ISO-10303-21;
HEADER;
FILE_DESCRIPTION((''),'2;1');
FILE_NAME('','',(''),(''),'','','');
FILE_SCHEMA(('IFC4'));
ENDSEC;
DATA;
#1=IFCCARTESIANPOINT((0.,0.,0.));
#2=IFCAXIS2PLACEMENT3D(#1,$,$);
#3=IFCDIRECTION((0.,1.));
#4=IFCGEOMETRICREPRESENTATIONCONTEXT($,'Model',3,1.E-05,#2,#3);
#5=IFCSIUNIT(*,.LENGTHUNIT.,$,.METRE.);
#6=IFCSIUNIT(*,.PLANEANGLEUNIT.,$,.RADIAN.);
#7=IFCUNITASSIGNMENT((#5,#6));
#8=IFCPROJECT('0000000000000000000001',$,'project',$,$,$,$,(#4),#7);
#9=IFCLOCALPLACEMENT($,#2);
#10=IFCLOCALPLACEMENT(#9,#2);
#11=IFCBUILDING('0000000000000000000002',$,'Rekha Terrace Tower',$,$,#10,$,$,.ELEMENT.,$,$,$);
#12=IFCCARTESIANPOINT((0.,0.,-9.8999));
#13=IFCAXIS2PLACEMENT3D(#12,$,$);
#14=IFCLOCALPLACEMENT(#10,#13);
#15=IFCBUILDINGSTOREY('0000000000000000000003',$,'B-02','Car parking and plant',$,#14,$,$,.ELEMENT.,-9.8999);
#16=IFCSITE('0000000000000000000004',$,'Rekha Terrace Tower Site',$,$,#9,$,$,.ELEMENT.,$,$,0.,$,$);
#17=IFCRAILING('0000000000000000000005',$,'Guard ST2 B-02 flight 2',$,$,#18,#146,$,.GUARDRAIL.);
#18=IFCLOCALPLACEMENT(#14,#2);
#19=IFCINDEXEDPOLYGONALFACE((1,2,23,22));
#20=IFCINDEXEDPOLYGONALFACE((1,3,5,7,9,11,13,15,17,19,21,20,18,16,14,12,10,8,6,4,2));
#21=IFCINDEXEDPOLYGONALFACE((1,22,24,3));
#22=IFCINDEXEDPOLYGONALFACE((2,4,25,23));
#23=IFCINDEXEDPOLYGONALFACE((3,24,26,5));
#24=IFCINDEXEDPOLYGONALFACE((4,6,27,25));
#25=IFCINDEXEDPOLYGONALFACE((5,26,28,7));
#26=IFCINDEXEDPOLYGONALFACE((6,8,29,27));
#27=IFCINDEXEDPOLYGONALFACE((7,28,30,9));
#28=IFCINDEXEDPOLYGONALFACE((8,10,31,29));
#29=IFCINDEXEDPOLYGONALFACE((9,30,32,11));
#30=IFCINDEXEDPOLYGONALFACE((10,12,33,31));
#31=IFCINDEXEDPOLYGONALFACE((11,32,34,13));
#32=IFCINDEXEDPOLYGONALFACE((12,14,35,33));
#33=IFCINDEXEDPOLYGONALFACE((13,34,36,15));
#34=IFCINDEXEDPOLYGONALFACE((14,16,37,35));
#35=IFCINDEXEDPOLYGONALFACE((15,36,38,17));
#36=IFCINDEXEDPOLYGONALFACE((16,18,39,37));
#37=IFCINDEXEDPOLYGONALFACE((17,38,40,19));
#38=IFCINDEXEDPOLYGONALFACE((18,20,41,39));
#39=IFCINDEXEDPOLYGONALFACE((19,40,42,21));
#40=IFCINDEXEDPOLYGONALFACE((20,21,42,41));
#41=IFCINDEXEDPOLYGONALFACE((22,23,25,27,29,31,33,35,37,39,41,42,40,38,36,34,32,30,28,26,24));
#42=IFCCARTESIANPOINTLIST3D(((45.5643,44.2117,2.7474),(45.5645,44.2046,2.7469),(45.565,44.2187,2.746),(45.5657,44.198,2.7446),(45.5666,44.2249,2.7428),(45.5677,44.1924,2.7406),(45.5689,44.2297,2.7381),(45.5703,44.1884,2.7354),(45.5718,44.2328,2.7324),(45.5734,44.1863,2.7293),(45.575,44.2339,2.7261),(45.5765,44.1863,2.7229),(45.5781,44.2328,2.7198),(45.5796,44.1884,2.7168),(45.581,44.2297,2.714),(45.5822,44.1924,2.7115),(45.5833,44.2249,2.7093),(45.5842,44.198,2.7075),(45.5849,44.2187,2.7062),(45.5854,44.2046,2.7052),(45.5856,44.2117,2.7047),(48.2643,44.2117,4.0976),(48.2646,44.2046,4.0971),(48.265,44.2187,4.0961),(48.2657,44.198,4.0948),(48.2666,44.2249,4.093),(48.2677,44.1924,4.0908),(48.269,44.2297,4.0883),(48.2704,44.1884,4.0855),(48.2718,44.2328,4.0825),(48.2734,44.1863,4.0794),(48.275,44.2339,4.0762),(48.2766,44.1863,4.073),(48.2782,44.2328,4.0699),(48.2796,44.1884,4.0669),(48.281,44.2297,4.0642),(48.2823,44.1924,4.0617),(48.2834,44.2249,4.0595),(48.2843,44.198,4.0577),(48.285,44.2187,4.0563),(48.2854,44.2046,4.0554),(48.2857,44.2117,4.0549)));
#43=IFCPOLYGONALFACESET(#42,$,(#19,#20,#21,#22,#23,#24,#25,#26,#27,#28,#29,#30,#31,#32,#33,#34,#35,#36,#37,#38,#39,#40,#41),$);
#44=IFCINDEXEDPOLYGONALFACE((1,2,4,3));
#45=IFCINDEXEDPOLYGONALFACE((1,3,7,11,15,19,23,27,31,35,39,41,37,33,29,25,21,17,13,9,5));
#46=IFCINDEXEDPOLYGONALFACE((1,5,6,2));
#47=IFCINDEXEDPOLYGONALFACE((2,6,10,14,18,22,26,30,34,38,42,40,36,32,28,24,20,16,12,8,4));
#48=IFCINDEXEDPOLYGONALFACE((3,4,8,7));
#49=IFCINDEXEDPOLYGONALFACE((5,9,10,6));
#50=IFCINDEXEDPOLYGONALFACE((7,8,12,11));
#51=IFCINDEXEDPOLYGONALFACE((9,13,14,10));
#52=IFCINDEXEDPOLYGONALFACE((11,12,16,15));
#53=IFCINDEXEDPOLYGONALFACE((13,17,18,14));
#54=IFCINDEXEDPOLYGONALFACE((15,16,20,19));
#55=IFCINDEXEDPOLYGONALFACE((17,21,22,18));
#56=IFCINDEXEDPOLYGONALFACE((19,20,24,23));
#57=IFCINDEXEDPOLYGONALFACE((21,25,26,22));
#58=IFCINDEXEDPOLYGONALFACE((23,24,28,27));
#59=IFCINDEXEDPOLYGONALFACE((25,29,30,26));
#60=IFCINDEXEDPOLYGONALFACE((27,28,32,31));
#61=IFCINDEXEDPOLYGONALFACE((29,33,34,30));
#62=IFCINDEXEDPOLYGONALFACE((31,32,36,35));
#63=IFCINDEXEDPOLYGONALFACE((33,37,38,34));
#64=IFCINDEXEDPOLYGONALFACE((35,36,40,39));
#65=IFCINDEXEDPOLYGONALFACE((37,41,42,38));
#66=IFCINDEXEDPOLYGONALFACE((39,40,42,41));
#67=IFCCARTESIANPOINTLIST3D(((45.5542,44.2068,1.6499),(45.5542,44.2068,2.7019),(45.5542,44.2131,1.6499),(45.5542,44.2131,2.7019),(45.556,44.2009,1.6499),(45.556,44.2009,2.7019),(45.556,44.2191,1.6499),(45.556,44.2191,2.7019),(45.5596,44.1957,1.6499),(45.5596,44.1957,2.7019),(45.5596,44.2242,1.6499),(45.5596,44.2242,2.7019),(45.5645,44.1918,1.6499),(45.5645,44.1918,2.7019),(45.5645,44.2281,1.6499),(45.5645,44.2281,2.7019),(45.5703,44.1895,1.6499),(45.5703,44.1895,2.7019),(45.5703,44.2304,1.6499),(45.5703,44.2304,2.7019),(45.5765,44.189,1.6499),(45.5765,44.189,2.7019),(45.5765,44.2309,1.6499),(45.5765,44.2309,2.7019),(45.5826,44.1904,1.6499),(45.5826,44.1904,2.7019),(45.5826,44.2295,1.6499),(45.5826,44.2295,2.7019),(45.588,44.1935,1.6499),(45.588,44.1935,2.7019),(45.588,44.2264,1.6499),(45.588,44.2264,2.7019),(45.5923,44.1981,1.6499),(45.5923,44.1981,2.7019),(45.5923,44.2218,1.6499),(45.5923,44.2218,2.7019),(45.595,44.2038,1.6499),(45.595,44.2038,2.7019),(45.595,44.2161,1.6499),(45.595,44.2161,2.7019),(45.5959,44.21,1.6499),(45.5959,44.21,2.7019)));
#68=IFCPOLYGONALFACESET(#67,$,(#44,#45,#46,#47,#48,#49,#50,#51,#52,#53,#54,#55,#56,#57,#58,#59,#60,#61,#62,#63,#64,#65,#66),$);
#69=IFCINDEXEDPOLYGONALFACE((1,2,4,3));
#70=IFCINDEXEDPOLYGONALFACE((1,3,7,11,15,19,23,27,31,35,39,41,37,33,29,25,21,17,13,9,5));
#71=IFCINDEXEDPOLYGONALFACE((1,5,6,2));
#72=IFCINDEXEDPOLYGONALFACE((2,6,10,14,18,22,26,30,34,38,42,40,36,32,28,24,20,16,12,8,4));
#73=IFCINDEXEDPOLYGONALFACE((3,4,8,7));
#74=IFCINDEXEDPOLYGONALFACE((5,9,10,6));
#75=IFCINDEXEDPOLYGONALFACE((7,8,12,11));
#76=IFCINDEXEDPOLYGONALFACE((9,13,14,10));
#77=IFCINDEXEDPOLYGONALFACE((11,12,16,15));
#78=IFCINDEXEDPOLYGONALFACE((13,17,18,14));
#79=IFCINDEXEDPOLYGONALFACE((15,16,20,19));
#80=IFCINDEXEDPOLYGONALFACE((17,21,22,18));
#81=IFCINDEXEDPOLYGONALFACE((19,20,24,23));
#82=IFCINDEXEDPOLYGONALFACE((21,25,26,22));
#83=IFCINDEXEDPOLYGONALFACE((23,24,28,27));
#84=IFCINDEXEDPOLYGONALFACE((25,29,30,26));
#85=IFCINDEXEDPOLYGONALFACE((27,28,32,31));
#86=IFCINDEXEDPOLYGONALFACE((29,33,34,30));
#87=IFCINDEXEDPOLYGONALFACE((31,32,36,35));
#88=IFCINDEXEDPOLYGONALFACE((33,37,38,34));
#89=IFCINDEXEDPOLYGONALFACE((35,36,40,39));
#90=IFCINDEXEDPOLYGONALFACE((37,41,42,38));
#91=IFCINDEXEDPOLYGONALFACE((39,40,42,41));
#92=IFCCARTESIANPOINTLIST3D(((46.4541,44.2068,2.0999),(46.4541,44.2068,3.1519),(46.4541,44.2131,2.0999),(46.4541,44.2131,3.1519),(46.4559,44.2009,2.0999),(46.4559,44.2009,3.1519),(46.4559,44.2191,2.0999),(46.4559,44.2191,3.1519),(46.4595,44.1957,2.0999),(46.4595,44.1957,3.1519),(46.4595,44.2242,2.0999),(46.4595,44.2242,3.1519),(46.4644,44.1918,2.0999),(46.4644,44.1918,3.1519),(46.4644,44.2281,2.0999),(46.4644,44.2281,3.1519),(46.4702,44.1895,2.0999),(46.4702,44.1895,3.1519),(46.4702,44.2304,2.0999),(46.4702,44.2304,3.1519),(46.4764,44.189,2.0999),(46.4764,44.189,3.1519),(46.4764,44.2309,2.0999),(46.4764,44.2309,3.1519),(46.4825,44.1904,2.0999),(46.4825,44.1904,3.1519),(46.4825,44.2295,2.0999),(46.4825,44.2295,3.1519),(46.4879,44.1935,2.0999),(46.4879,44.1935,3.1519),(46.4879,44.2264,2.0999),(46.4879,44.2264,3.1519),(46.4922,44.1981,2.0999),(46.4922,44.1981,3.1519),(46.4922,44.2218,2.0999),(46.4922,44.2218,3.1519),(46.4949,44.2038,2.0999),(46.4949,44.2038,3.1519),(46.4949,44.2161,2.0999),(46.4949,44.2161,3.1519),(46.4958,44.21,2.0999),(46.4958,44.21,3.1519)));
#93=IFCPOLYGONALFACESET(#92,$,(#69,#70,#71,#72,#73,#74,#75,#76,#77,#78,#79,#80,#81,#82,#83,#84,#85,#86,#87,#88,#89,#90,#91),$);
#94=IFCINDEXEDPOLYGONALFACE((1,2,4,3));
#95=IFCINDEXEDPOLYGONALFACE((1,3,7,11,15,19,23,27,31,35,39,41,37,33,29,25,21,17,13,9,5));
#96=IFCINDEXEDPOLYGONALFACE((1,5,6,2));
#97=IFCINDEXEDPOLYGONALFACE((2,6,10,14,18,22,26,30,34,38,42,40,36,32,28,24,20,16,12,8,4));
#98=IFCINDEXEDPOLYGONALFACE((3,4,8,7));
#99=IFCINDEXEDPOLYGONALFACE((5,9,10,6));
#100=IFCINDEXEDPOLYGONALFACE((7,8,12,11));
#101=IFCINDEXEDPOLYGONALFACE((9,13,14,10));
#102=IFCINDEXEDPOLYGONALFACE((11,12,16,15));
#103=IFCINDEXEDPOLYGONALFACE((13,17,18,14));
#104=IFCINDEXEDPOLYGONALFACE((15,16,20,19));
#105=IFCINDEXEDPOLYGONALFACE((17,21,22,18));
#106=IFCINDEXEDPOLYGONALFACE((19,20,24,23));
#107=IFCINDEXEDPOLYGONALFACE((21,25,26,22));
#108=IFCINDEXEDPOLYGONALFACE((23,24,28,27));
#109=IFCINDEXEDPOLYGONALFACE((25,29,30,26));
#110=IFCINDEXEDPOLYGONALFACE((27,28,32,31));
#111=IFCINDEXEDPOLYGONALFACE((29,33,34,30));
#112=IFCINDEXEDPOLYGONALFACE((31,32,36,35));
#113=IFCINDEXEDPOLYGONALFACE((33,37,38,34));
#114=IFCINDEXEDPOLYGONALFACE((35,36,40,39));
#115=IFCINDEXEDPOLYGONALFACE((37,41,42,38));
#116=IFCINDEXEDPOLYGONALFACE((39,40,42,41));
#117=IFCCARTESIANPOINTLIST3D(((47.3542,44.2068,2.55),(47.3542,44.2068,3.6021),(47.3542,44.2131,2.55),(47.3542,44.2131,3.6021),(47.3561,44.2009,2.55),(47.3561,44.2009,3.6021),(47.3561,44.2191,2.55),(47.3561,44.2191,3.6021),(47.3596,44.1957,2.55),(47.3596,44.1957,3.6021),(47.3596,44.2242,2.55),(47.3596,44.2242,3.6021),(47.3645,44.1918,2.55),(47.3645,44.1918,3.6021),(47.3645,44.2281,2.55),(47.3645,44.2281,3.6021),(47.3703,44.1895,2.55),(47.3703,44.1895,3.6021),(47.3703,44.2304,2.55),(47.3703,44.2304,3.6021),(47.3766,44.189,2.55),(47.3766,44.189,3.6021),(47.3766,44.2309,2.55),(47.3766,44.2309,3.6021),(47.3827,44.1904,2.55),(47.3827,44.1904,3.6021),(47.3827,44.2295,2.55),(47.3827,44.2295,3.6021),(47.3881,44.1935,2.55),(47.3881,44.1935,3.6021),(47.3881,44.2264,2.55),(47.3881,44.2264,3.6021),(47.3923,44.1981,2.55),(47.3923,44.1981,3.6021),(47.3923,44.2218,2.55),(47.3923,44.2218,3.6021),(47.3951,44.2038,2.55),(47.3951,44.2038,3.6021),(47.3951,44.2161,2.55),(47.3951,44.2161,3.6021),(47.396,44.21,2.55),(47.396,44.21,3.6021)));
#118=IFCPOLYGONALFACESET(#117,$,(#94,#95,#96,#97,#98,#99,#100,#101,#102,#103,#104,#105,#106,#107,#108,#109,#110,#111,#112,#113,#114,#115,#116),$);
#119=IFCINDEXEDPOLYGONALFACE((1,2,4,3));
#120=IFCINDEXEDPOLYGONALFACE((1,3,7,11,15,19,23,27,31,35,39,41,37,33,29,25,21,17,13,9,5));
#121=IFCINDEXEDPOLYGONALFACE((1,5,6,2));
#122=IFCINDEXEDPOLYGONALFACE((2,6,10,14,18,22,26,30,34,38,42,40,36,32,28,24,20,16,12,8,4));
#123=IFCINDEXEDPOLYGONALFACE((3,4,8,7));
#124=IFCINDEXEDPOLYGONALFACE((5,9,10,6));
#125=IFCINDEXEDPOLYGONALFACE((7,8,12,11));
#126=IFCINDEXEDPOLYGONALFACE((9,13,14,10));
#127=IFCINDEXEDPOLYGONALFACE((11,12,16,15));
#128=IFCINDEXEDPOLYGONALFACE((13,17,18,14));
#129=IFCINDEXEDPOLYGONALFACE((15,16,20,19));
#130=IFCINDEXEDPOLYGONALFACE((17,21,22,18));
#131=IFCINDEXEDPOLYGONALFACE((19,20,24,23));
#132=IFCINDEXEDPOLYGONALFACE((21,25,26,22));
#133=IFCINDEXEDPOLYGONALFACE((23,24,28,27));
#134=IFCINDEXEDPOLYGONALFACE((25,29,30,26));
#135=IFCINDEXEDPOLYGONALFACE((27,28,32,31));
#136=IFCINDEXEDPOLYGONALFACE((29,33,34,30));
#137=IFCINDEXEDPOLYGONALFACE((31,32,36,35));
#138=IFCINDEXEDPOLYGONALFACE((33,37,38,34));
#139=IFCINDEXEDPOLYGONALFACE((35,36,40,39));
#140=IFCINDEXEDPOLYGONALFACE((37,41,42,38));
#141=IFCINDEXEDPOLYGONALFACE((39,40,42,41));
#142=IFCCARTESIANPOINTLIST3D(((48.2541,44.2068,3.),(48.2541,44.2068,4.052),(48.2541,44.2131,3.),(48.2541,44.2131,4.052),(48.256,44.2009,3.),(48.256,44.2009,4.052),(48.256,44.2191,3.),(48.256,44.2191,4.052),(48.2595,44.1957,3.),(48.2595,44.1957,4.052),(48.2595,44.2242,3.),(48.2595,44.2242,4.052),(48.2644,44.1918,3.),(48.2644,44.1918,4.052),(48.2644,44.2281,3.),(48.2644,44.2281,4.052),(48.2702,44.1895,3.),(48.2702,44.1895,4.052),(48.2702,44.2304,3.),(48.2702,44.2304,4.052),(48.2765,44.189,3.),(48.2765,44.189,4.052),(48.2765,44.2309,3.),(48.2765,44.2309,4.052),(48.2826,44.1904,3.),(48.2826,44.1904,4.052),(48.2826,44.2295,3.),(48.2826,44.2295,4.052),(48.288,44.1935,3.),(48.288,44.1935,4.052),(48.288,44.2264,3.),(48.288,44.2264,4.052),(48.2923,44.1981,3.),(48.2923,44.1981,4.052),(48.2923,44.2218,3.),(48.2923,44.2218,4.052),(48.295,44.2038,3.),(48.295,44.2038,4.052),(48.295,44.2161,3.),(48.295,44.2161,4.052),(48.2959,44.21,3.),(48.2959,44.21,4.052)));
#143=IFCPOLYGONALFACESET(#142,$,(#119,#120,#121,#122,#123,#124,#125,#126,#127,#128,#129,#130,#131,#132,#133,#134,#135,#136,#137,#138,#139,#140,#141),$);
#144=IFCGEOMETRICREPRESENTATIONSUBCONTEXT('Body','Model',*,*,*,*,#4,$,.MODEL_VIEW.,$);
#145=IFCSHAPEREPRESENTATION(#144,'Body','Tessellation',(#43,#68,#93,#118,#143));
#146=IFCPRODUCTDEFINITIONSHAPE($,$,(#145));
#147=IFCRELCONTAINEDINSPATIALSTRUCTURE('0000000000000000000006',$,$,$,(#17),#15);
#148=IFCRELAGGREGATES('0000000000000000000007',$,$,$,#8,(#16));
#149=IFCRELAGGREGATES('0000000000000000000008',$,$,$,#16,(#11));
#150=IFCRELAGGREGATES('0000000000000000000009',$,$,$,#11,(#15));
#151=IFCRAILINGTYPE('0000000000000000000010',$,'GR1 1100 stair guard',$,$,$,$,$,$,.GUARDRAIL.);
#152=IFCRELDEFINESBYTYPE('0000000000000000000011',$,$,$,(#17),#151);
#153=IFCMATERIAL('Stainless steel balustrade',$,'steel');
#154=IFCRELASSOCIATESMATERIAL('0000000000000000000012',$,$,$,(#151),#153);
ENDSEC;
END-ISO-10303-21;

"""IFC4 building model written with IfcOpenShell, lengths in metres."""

from ifc_helpers import new_model, si_unit, direction, frame, origin, origin_2d, place, context, subcontext, project, spatial, circle, extrude, material, type_object, element, save


model = new_model("IFC4")

# Units and contexts
model_context = context("Model", 3, precision=1e-05, world=origin(), true_north=direction((0.0, 1.0)))
body_context = subcontext(model_context, "Body", "Model", "MODEL_VIEW")
ifc_project = project(units=[si_unit("LENGTHUNIT", "METRE"), si_unit("PLANEANGLEUNIT", "RADIAN")], contexts=[model_context])

# Site, building, storey
site_placement = place(None, origin())
site = spatial("IfcSite", under=ifc_project, at=site_placement, Name="Rekha Terrace Tower Site", CompositionType="ELEMENT", RefElevation=0.0)
building_placement = place(site_placement, origin())
building = spatial("IfcBuilding", under=site, at=building_placement, Name="Rekha Terrace Tower", CompositionType="ELEMENT")
storey_placement = place(building_placement, frame((0.0, 0.0, -9.8999)))
storey = spatial("IfcBuildingStorey", under=building, at=storey_placement, Name="B-02", Description="Car parking and plant", CompositionType="ELEMENT", Elevation=-9.8999)

# Railing
ifc_material_1 = material(Name="Stainless steel balustrade", Category="steel")
railing_type_1 = type_object("IfcRailingType", Name="GR1 1100 stair guard", PredefinedType="GUARDRAIL", material=ifc_material_1)
railing_1_placement = place(storey_placement, frame((45.575, 44.21, 1.6499)))
element("IfcRailing", 1, at=railing_1_placement, inside=storey, type_object=railing_type_1, Name="Guard ST2 B-02 flight 2", PredefinedType="GUARDRAIL", context=body_context, shape_type="SweptSolid", body=[
    extrude(circle(Radius=0.0239, at=origin_2d()), frame((0.0, 0.0, 1.0762), z_axis=(0.894411, 0.0, 0.447246), x_axis=(0.0, 1.0, 0.0)), (0.0, 0.0, 1.0), 3.0188),
    extrude(circle(Radius=0.021, at=origin_2d()), origin(), (0.0, 0.0, 1.0), 1.052),
    extrude(circle(Radius=0.021, at=origin_2d()), frame((0.8999, 0.0, 0.45)), (0.0, 0.0, 1.0), 1.052),
    extrude(circle(Radius=0.021, at=origin_2d()), frame((1.8, 0.0, 0.9001)), (0.0, 0.0, 1.0), 1.052),
    extrude(circle(Radius=0.021, at=origin_2d()), frame((2.7, 0.0, 1.3501)), (0.0, 0.0, 1.0), 1.052),
])

save(model, "model.ifc")
